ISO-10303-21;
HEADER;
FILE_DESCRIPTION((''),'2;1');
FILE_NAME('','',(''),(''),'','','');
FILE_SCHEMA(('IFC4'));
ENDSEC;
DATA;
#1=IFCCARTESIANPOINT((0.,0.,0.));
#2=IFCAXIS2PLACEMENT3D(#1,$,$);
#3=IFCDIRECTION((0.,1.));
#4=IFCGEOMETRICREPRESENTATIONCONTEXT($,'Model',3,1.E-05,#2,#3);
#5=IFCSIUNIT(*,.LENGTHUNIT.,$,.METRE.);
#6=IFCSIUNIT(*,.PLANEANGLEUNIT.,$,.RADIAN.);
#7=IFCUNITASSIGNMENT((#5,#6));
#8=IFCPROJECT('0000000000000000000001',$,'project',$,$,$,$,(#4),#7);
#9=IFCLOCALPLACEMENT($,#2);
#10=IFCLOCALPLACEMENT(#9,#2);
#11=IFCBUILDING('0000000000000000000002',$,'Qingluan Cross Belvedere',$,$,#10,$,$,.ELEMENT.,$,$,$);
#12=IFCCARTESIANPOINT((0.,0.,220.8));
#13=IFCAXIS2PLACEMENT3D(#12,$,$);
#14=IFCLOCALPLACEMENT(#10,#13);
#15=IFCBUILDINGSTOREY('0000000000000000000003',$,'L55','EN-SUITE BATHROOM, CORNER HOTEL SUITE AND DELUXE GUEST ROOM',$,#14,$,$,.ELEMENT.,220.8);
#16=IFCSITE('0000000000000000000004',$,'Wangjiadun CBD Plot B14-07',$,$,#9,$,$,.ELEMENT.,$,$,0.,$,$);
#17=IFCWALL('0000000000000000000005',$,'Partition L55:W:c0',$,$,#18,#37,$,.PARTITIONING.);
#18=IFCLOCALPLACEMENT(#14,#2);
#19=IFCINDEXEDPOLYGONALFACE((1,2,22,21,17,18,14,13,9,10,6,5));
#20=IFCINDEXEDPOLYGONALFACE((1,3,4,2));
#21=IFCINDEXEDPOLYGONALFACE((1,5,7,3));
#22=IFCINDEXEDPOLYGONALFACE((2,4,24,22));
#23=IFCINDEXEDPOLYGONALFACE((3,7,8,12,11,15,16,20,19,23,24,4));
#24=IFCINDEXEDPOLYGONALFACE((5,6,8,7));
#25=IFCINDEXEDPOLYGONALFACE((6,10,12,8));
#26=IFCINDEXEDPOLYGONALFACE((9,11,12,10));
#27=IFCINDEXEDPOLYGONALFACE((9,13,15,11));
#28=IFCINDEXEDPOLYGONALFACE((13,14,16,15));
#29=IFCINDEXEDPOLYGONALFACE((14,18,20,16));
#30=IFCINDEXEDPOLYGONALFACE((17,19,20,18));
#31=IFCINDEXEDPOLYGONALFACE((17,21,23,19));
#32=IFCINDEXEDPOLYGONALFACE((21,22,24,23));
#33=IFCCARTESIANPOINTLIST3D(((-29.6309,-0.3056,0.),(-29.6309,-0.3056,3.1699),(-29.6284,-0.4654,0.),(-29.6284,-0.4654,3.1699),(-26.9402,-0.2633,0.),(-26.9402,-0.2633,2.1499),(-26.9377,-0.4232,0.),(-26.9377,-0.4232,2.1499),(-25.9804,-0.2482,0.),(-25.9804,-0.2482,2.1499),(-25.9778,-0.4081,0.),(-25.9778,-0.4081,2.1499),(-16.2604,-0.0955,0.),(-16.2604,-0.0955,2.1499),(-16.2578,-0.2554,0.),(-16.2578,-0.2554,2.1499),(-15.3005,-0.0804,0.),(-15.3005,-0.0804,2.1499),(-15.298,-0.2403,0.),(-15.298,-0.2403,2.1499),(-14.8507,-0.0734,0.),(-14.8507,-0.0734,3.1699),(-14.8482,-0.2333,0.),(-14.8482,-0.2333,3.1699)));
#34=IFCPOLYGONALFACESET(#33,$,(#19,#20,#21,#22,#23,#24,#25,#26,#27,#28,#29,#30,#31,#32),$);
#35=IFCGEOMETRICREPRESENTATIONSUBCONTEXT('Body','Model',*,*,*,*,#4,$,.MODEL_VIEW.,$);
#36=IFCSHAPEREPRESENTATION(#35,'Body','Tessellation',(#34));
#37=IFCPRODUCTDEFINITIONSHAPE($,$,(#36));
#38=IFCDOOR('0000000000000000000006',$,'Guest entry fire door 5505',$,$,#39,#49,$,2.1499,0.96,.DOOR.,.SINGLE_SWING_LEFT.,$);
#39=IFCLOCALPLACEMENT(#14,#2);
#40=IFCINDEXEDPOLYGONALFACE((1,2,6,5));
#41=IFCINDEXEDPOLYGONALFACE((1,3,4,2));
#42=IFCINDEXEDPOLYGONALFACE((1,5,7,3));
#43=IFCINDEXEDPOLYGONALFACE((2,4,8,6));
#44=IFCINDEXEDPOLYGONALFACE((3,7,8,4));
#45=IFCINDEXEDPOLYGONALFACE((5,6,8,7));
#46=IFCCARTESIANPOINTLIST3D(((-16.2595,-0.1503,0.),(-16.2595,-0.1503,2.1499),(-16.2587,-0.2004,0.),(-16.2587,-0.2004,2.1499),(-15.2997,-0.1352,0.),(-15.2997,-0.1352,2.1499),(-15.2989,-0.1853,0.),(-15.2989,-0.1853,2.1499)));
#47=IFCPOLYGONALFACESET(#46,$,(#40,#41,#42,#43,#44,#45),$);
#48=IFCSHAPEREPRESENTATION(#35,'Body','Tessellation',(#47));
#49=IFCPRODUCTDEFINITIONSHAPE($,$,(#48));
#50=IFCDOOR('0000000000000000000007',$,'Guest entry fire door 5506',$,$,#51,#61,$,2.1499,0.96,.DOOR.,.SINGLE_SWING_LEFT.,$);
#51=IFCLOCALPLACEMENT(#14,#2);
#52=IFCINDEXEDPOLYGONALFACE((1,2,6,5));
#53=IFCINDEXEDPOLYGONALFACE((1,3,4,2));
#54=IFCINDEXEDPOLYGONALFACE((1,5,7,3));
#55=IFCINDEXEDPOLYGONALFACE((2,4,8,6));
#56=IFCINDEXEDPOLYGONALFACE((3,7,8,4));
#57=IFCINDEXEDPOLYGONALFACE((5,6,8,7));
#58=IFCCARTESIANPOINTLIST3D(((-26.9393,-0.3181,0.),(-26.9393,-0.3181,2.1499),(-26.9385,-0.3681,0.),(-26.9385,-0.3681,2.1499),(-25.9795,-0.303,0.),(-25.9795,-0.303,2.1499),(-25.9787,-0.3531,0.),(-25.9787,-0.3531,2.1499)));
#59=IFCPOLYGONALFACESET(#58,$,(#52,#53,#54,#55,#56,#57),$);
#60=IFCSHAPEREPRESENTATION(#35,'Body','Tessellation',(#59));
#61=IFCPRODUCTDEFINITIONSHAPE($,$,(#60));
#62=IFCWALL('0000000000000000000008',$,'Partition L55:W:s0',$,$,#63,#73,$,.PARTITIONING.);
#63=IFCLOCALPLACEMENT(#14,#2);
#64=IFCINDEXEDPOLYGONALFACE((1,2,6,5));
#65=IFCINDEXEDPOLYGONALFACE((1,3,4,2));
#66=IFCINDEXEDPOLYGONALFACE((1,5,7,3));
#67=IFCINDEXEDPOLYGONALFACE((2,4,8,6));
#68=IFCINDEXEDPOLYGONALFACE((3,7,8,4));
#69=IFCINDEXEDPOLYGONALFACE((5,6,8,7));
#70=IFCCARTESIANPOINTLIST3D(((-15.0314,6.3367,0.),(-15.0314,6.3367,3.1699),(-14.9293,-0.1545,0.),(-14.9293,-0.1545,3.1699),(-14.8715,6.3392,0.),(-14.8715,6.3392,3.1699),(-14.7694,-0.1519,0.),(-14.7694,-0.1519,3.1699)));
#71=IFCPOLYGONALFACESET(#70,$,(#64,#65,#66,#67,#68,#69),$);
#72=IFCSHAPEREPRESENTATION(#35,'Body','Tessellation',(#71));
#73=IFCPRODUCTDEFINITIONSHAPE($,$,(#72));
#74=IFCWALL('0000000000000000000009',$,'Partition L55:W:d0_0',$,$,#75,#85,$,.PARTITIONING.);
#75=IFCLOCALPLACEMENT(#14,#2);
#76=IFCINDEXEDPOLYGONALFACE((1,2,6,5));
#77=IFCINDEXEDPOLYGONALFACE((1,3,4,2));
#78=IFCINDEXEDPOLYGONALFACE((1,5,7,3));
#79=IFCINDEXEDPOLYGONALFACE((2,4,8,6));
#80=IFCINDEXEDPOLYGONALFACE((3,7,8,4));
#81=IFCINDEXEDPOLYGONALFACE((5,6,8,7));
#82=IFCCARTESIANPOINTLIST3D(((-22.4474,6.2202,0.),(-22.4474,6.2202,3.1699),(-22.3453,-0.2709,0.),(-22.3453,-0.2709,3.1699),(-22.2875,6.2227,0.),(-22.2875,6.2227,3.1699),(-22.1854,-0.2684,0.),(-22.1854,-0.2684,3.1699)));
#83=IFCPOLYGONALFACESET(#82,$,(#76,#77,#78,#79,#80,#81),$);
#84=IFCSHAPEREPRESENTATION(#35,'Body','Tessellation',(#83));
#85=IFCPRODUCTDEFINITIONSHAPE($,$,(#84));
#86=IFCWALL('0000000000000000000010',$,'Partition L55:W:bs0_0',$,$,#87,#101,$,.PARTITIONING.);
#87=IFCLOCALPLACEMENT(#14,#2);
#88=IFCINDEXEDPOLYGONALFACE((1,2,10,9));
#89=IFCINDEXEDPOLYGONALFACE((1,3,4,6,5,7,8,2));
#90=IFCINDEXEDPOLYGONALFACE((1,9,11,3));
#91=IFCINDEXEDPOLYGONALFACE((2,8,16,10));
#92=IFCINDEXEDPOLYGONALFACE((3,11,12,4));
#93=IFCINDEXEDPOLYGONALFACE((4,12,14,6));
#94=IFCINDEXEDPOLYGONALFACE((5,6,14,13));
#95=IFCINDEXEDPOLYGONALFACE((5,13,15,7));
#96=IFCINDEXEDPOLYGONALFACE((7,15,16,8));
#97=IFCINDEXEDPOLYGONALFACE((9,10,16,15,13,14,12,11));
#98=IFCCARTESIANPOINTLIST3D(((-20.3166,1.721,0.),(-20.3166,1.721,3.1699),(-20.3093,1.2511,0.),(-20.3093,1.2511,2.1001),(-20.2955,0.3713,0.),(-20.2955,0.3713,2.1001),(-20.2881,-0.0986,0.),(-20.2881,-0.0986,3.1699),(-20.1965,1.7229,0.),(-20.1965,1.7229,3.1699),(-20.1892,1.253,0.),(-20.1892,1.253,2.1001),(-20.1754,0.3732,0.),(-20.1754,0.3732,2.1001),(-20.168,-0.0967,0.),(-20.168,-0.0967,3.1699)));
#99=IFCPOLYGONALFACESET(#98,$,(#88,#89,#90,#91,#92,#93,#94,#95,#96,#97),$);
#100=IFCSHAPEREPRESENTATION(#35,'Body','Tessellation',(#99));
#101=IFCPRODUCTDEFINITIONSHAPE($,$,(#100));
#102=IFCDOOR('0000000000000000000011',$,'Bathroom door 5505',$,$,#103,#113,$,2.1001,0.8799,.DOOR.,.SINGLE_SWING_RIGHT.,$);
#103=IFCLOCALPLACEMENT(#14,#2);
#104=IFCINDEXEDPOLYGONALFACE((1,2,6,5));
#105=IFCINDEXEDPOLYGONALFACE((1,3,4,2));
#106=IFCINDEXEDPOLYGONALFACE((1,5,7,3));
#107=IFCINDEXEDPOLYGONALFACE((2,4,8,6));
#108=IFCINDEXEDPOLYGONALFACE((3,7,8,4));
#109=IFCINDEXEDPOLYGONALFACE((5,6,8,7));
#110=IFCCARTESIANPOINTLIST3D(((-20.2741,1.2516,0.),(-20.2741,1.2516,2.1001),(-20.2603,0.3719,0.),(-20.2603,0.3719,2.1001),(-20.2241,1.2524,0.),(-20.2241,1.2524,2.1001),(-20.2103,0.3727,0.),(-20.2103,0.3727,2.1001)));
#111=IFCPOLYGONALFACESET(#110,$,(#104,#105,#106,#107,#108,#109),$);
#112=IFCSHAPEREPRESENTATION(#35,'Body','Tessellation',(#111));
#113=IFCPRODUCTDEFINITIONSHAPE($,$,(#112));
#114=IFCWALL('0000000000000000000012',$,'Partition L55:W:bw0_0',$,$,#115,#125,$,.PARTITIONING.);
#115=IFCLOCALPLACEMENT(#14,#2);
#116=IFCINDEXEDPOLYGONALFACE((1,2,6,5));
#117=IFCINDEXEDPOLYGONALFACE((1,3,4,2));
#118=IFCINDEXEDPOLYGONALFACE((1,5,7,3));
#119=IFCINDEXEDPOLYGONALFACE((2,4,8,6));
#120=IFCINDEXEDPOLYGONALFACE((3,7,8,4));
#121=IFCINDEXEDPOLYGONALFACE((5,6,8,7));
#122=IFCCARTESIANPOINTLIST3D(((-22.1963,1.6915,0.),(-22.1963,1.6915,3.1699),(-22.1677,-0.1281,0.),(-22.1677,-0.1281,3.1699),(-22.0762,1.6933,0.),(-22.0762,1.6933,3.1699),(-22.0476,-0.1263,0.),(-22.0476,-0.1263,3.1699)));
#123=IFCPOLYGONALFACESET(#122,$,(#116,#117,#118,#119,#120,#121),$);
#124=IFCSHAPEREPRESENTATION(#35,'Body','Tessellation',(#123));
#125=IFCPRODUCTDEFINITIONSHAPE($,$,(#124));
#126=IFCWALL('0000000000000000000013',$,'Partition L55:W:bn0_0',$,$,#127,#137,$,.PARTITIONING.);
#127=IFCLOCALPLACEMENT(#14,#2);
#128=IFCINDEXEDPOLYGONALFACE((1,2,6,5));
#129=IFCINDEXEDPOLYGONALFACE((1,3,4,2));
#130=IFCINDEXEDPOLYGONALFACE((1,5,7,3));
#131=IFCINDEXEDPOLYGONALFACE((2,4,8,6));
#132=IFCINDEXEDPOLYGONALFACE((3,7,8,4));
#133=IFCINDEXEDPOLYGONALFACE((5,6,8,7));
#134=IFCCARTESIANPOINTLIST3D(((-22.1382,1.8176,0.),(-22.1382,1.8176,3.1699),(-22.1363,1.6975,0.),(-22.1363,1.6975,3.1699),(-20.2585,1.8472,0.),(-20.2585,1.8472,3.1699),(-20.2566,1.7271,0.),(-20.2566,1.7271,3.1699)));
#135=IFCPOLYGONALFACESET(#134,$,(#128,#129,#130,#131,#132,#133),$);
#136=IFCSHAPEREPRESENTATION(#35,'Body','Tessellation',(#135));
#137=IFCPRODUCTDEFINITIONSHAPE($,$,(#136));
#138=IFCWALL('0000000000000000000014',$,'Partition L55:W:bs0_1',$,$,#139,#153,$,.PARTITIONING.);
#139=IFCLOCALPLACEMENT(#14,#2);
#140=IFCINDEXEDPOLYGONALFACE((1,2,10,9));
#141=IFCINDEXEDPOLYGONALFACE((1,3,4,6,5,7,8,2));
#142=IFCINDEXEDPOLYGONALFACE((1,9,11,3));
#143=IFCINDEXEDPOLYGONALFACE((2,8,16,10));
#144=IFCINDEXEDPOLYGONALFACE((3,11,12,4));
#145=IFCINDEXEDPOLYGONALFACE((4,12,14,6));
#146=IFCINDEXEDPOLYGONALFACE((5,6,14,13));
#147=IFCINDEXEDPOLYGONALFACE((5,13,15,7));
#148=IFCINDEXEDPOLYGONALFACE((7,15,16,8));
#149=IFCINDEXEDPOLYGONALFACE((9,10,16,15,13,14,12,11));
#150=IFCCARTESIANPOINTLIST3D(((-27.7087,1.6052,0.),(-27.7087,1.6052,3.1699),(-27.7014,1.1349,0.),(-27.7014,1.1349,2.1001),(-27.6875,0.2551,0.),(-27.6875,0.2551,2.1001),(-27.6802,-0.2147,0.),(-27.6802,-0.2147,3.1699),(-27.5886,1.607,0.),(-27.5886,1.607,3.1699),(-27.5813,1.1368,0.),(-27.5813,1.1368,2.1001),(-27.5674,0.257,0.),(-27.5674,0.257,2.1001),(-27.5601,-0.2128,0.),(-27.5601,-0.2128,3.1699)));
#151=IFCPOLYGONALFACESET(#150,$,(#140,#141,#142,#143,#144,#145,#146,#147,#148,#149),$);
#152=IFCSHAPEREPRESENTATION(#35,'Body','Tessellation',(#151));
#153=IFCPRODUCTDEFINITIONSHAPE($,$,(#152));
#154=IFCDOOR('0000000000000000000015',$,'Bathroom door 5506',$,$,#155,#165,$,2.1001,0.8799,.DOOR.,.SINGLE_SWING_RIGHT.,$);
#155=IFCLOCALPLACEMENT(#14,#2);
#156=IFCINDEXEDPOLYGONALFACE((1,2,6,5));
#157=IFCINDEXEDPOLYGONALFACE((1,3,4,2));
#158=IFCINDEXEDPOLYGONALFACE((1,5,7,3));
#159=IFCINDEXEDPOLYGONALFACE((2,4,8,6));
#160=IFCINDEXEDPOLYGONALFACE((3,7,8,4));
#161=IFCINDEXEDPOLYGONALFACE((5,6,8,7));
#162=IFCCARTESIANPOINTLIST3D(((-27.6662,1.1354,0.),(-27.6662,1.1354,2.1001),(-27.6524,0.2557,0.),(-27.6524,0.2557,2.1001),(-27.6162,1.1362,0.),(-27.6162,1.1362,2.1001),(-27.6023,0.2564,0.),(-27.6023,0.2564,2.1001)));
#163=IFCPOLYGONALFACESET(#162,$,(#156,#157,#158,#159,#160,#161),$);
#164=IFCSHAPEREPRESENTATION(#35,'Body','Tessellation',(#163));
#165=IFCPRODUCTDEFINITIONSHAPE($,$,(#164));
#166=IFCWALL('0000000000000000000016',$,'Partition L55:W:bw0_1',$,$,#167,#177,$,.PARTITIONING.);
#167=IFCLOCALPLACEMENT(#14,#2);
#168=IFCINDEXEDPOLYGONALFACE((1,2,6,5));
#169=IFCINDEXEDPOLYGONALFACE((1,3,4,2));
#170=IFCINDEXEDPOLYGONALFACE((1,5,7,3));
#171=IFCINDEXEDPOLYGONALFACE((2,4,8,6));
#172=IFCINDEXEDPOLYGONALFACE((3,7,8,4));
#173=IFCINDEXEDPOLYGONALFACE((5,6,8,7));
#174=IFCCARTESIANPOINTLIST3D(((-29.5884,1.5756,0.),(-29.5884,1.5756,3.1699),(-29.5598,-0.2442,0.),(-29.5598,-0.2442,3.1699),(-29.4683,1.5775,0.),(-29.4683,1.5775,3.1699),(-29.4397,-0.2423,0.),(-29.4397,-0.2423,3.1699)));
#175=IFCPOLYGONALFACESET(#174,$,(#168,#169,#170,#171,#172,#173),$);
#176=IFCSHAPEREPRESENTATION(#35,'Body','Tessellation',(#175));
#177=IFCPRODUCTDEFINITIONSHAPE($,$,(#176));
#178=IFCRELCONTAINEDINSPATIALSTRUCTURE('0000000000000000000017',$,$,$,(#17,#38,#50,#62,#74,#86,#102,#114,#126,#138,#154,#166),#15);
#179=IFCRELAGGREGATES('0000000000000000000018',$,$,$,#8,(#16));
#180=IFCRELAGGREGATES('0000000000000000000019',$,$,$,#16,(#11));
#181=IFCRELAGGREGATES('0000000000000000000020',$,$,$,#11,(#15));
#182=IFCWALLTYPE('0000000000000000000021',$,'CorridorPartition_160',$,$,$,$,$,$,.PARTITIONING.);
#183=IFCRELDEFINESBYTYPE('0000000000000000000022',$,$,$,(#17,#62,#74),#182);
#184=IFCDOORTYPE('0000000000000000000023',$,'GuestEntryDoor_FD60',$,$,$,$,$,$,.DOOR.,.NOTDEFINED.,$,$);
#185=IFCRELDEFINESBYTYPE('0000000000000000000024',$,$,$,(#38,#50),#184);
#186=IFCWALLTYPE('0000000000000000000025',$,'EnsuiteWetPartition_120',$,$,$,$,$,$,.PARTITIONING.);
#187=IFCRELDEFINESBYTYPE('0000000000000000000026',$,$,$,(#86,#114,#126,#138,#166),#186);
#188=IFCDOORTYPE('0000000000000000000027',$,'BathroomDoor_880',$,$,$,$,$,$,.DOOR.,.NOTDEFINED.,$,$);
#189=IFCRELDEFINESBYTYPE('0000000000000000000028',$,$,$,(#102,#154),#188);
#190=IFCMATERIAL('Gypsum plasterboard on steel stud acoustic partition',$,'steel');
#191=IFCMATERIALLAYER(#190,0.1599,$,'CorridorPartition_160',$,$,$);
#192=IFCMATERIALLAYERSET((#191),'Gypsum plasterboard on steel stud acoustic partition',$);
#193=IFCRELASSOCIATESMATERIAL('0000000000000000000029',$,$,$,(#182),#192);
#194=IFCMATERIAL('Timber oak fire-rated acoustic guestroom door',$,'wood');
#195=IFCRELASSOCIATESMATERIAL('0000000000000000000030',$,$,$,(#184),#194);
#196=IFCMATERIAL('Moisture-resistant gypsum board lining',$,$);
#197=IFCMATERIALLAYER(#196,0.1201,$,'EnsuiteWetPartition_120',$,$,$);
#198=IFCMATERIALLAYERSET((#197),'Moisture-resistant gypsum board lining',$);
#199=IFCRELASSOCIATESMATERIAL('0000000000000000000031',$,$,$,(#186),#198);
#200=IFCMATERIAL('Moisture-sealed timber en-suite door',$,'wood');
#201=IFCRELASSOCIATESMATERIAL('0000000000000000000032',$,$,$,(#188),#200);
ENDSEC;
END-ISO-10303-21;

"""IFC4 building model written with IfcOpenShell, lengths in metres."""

from ifc_helpers import new_model, si_unit, direction, frame, frame_2d, origin, place, context, subcontext, project, spatial, rectangle, extrude, material, layer, layer_set, type_object, element, fill, save


model = new_model("IFC4")

# Units and contexts
model_context = context("Model", 3, precision=1e-05, world=origin(), true_north=direction((0.0, 1.0)))
body_context = subcontext(model_context, "Body", "Model", "MODEL_VIEW")
ifc_project = project(units=[si_unit("LENGTHUNIT", "METRE"), si_unit("PLANEANGLEUNIT", "RADIAN")], contexts=[model_context])

# Site, building, storey
site_placement = place(None, origin())
site = spatial("IfcSite", under=ifc_project, at=site_placement, Name="Wangjiadun CBD Plot B14-07", CompositionType="ELEMENT", RefElevation=0.0)
building_placement = place(site_placement, origin())
building = spatial("IfcBuilding", under=site, at=building_placement, Name="Qingluan Cross Belvedere", CompositionType="ELEMENT")
storey_placement = place(building_placement, frame((0.0, 0.0, 220.8)))
storey = spatial("IfcBuildingStorey", under=building, at=storey_placement, Name="L55", Description="EN-SUITE BATHROOM, CORNER HOTEL SUITE AND DELUXE GUEST ROOM", CompositionType="ELEMENT", Elevation=220.8)

# Wall, openings, doors
ifc_material_1 = material(Name="Gypsum plasterboard on steel stud acoustic partition", Category="steel")
ifc_layer_1 = layer(ifc_material_1, 0.1599, Name="CorridorPartition_160")
ifc_layer_set_1 = layer_set([ifc_layer_1], Name="Gypsum plasterboard on steel stud acoustic partition")
wall_type_1 = type_object("IfcWallType", Name="CorridorPartition_160", PredefinedType="PARTITIONING", material=ifc_layer_set_1)
wall_1_placement = place(storey_placement, frame((-14.8494, -0.1533, 0.0), z_axis=(0.0, 0.0, 1.0), x_axis=(-0.999877, -0.015707, 0.0)))
wall_1 = element("IfcWall", 1, at=wall_1_placement, inside=storey, type_object=wall_type_1, Name="Partition L55:W:c0", PredefinedType="PARTITIONING", context=body_context, shape_type="SweptSolid", body=[
    extrude(rectangle(XDim=14.782, YDim=0.1599, at=frame_2d((7.3911, 0.0))), origin(), (0.0, 0.0, 1.0), 3.1699),
])
opening_1_placement = place(wall_1_placement, frame((0.45, 0.0, 0.0)))
opening_1 = element("IfcOpeningElement", 2, at=opening_1_placement, cuts=wall_1, PredefinedType="OPENING", context=body_context, shape_type="SweptSolid", body=[
    extrude(rectangle(XDim=0.96, YDim=2.1499, at=frame_2d((0.48, 1.075))), frame((0.0, 0.0898, 0.0), z_axis=(0.0, -1.0, 0.0), x_axis=(1.0, 0.0, 0.0)), (0.0, 0.0, 1.0), 0.1799),
])
opening_2_placement = place(wall_1_placement, frame((11.1311, 0.0, 0.0)))
opening_2 = element("IfcOpeningElement", 3, at=opening_2_placement, cuts=wall_1, PredefinedType="OPENING", context=body_context, shape_type="SweptSolid", body=[
    extrude(rectangle(XDim=0.96, YDim=2.1499, at=frame_2d((0.48, 1.075))), frame((0.0, 0.0898, 0.0), z_axis=(0.0, -1.0, 0.0), x_axis=(1.0, 0.0, 0.0)), (0.0, 0.0, 1.0), 0.1799),
])
ifc_material_2 = material(Name="Timber oak fire-rated acoustic guestroom door", Category="wood")
door_type_1 = type_object("IfcDoorType", Name="GuestEntryDoor_FD60", OperationType="NOTDEFINED", PredefinedType="DOOR", material=ifc_material_2)
door_1_placement = place(opening_1_placement, origin())
door_1 = element("IfcDoor", 4, at=door_1_placement, inside=storey, type_object=door_type_1, Name="Guest entry fire door 5505", OperationType="SINGLE_SWING_LEFT", OverallHeight=2.1499, OverallWidth=0.96, PredefinedType="DOOR", context=body_context, shape_type="SweptSolid", body=[
    extrude(rectangle(XDim=0.96, YDim=2.1499, at=frame_2d((0.48, 1.075))), frame((0.0, 0.0249, 0.0), z_axis=(0.0, -1.0, 0.0), x_axis=(1.0, 0.0, 0.0)), (0.0, 0.0, 1.0), 0.05),
])
fill(opening_1, door_1)
door_2_placement = place(opening_2_placement, origin())
door_2 = element("IfcDoor", 5, at=door_2_placement, inside=storey, type_object=door_type_1, Name="Guest entry fire door 5506", OperationType="SINGLE_SWING_LEFT", OverallHeight=2.1499, OverallWidth=0.96, PredefinedType="DOOR", context=body_context, shape_type="SweptSolid", body=[
    extrude(rectangle(XDim=0.96, YDim=2.1499, at=frame_2d((0.48, 1.075))), frame((0.0, 0.0249, 0.0), z_axis=(0.0, -1.0, 0.0), x_axis=(1.0, 0.0, 0.0)), (0.0, 0.0, 1.0), 0.05),
])
fill(opening_2, door_2)

# Walls
for number, where, z_axis, x_axis, name in (
    (6, (-14.8494, -0.1533, 0.0), (0.0, 0.0, 1.0), (-0.015719, 0.999876, 0.0), "Partition L55:W:s0"),
    (7, (-22.2654, -0.2698, 0.0), (0.0, 0.0, 1.0), (-0.015719, 0.999876, 0.0), "Partition L55:W:d0_0"),
):
    element("IfcWall", number, at=place(storey_placement, frame(where, z_axis=z_axis, x_axis=x_axis)), inside=storey, type_object=wall_type_1, Name=name, PredefinedType="PARTITIONING", context=body_context, shape_type="SweptSolid", body=[
        extrude(rectangle(XDim=6.4919, YDim=0.1599, at=frame_2d((3.2461, 0.0))), origin(), (0.0, 0.0, 1.0), 3.1699),
    ])

# Wall, opening, door
ifc_material_3 = material(Name="Moisture-resistant gypsum board lining")
ifc_layer_2 = layer(ifc_material_3, 0.1201, Name="EnsuiteWetPartition_120")
ifc_layer_set_2 = layer_set([ifc_layer_2], Name="Moisture-resistant gypsum board lining")
wall_type_2 = type_object("IfcWallType", Name="EnsuiteWetPartition_120", PredefinedType="PARTITIONING", material=ifc_layer_set_2)
wall_2_placement = place(storey_placement, frame((-20.228, -0.0977, 0.0), z_axis=(0.0, 0.0, 1.0), x_axis=(-0.015696, 0.999877, 0.0)))
wall_2 = element("IfcWall", 8, at=wall_2_placement, inside=storey, type_object=wall_type_2, Name="Partition L55:W:bs0_0", PredefinedType="PARTITIONING", context=body_context, shape_type="SweptSolid", body=[
    extrude(rectangle(XDim=1.8198, YDim=0.1201, at=frame_2d((0.9099, 0.0))), origin(), (0.0, 0.0, 1.0), 3.1699),
])
opening_3_placement = place(wall_2_placement, frame((0.47, 0.0, 0.0)))
opening_3 = element("IfcOpeningElement", 9, at=opening_3_placement, cuts=wall_2, PredefinedType="OPENING", context=body_context, shape_type="SweptSolid", body=[
    extrude(rectangle(XDim=0.8799, YDim=2.1001, at=frame_2d((0.4399, 1.05))), frame((0.0, 0.0701, 0.0), z_axis=(0.0, -1.0, 0.0), x_axis=(1.0, 0.0, 0.0)), (0.0, 0.0, 1.0), 0.1401),
])
ifc_material_4 = material(Name="Moisture-sealed timber en-suite door", Category="wood")
door_type_2 = type_object("IfcDoorType", Name="BathroomDoor_880", OperationType="NOTDEFINED", PredefinedType="DOOR", material=ifc_material_4)
door_3_placement = place(opening_3_placement, origin())
door_3 = element("IfcDoor", 10, at=door_3_placement, inside=storey, type_object=door_type_2, Name="Bathroom door 5505", OperationType="SINGLE_SWING_RIGHT", OverallHeight=2.1001, OverallWidth=0.8799, PredefinedType="DOOR", context=body_context, shape_type="SweptSolid", body=[
    extrude(rectangle(XDim=0.8799, YDim=2.1001, at=frame_2d((0.4399, 1.05))), frame((0.0, 0.0249, 0.0), z_axis=(0.0, -1.0, 0.0), x_axis=(1.0, 0.0, 0.0)), (0.0, 0.0, 1.0), 0.05),
])
fill(opening_3, door_3)

# Walls
wall_3_placement = place(storey_placement, frame((-22.1077, -0.1272, 0.0), z_axis=(0.0, 0.0, 1.0), x_axis=(-0.015696, 0.999877, 0.0)))
element("IfcWall", 11, at=wall_3_placement, inside=storey, type_object=wall_type_2, Name="Partition L55:W:bw0_0", PredefinedType="PARTITIONING", context=body_context, shape_type="SweptSolid", body=[
    extrude(rectangle(XDim=1.8198, YDim=0.1201, at=frame_2d((0.9099, 0.0))), origin(), (0.0, 0.0, 1.0), 3.1699),
])
wall_4_placement = place(storey_placement, frame((-20.2576, 1.7871, 0.0), z_axis=(0.0, 0.0, 1.0), x_axis=(-0.999877, -0.015714, 0.0)))
element("IfcWall", 12, at=wall_4_placement, inside=storey, type_object=wall_type_2, Name="Partition L55:W:bn0_0", PredefinedType="PARTITIONING", context=body_context, shape_type="SweptSolid", body=[
    extrude(rectangle(XDim=1.8799, YDim=0.1201, at=frame_2d((0.9399, 0.0))), origin(), (0.0, 0.0, 1.0), 3.1699),
])

# Wall, opening, door
wall_5_placement = place(storey_placement, frame((-27.6201, -0.2139, 0.0), z_axis=(0.0, 0.0, 1.0), x_axis=(-0.015694, 0.999877, 0.0)))
wall_5 = element("IfcWall", 13, at=wall_5_placement, inside=storey, type_object=wall_type_2, Name="Partition L55:W:bs0_1", PredefinedType="PARTITIONING", context=body_context, shape_type="SweptSolid", body=[
    extrude(rectangle(XDim=1.8201, YDim=0.1201, at=frame_2d((0.9102, 0.0))), origin(), (0.0, 0.0, 1.0), 3.1699),
])
opening_4_placement = place(wall_5_placement, frame((0.47, 0.0, 0.0)))
opening_4 = element("IfcOpeningElement", 14, at=opening_4_placement, cuts=wall_5, PredefinedType="OPENING", context=body_context, shape_type="SweptSolid", body=[
    extrude(rectangle(XDim=0.8799, YDim=2.1001, at=frame_2d((0.4399, 1.05))), frame((0.0, 0.0701, 0.0), z_axis=(0.0, -1.0, 0.0), x_axis=(1.0, 0.0, 0.0)), (0.0, 0.0, 1.0), 0.1401),
])
door_4_placement = place(opening_4_placement, origin())
door_4 = element("IfcDoor", 15, at=door_4_placement, inside=storey, type_object=door_type_2, Name="Bathroom door 5506", OperationType="SINGLE_SWING_RIGHT", OverallHeight=2.1001, OverallWidth=0.8799, PredefinedType="DOOR", context=body_context, shape_type="SweptSolid", body=[
    extrude(rectangle(XDim=0.8799, YDim=2.1001, at=frame_2d((0.4399, 1.05))), frame((0.0, 0.0249, 0.0), z_axis=(0.0, -1.0, 0.0), x_axis=(1.0, 0.0, 0.0)), (0.0, 0.0, 1.0), 0.05),
])
fill(opening_4, door_4)

# Wall
wall_6_placement = place(storey_placement, frame((-29.4998, -0.2434, 0.0), z_axis=(0.0, 0.0, 1.0), x_axis=(-0.015694, 0.999877, 0.0)))
element("IfcWall", 16, at=wall_6_placement, inside=storey, type_object=wall_type_2, Name="Partition L55:W:bw0_1", PredefinedType="PARTITIONING", context=body_context, shape_type="SweptSolid", body=[
    extrude(rectangle(XDim=1.8201, YDim=0.1201, at=frame_2d((0.9102, 0.0))), origin(), (0.0, 0.0, 1.0), 3.1699),
])

save(model, "model.ifc")
